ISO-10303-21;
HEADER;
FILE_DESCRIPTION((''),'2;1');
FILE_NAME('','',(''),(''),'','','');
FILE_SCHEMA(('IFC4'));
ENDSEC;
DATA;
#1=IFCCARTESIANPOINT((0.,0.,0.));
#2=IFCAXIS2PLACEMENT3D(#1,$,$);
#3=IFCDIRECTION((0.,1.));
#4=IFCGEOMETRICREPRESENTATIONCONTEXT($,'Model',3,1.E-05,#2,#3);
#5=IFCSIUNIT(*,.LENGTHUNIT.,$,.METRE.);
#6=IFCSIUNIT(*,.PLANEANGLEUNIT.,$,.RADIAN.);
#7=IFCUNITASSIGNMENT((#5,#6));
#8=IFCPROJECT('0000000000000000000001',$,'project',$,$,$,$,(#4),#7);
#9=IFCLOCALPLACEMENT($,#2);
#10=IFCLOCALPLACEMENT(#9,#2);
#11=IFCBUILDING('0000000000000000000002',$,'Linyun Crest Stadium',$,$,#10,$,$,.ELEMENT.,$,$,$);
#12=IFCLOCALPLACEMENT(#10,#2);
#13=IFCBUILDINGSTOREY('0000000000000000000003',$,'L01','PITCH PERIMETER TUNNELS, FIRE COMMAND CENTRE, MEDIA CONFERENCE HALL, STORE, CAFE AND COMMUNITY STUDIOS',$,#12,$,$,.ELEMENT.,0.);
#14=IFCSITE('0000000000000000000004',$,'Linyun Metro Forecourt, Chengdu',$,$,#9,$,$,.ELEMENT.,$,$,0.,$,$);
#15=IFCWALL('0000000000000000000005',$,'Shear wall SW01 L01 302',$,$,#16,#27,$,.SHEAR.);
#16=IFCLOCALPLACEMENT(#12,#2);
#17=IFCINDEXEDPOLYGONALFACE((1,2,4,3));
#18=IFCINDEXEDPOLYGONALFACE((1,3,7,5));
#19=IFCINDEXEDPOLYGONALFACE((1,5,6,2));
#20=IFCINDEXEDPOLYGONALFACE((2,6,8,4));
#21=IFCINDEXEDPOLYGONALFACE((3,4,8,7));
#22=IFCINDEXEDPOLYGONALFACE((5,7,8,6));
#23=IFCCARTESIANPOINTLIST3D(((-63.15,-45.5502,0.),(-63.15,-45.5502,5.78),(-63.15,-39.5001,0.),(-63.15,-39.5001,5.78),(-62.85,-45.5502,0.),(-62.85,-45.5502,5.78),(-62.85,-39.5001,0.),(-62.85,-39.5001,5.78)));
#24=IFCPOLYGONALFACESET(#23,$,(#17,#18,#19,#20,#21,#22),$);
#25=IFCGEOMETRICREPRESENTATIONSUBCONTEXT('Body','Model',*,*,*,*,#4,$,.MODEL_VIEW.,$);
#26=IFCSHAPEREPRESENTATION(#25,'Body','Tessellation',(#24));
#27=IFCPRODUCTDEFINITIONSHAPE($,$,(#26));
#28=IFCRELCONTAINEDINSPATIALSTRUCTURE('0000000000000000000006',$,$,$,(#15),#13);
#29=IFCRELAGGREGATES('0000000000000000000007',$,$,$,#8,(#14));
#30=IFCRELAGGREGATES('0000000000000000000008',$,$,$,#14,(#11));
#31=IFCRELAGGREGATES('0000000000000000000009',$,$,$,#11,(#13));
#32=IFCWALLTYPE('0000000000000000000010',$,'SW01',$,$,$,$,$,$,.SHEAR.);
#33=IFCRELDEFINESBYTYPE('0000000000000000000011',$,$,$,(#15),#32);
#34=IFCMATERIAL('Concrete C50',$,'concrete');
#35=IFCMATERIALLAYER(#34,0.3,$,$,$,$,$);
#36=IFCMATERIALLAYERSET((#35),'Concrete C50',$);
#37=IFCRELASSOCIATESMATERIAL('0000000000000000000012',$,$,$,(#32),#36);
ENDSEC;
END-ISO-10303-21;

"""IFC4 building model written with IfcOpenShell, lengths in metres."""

from ifc_helpers import new_model, si_unit, direction, frame, frame_2d, origin, place, context, subcontext, project, spatial, rectangle, extrude, material, layer, layer_set, type_object, element, save


model = new_model("IFC4")

# Units and contexts
model_context = context("Model", 3, precision=1e-05, world=origin(), true_north=direction((0.0, 1.0)))
body_context = subcontext(model_context, "Body", "Model", "MODEL_VIEW")
ifc_project = project(units=[si_unit("LENGTHUNIT", "METRE"), si_unit("PLANEANGLEUNIT", "RADIAN")], contexts=[model_context])

# Site, building, storey
site_placement = place(None, origin())
site = spatial("IfcSite", under=ifc_project, at=site_placement, Name="Linyun Metro Forecourt, Chengdu", CompositionType="ELEMENT", RefElevation=0.0)
building_placement = place(site_placement, origin())
building = spatial("IfcBuilding", under=site, at=building_placement, Name="Linyun Crest Stadium", CompositionType="ELEMENT")
storey_placement = place(building_placement, origin())
storey = spatial("IfcBuildingStorey", under=building, at=storey_placement, Name="L01", Description="PITCH PERIMETER TUNNELS, FIRE COMMAND CENTRE, MEDIA CONFERENCE HALL, STORE, CAFE AND COMMUNITY STUDIOS", CompositionType="ELEMENT", Elevation=0.0)

# Wall
ifc_material_1 = material(Name="Concrete C50", Category="concrete")
ifc_layer_1 = layer(ifc_material_1, 0.3)
ifc_layer_set_1 = layer_set([ifc_layer_1], Name="Concrete C50")
wall_type_1 = type_object("IfcWallType", Name="SW01", PredefinedType="SHEAR", material=ifc_layer_set_1)
wall_1_placement = place(storey_placement, frame((-63.0, -45.55, 0.0), z_axis=(0.0, 0.0, 1.0), x_axis=(0.0, 1.0, 0.0)))
element("IfcWall", 1, at=wall_1_placement, inside=storey, type_object=wall_type_1, Name="Shear wall SW01 L01 302", PredefinedType="SHEAR", context=body_context, shape_type="SweptSolid", body=[
    extrude(rectangle(XDim=6.05, YDim=0.3, at=frame_2d((3.0249, 0.0))), origin(), (0.0, 0.0, 1.0), 5.78),
])

save(model, "model.ifc")
